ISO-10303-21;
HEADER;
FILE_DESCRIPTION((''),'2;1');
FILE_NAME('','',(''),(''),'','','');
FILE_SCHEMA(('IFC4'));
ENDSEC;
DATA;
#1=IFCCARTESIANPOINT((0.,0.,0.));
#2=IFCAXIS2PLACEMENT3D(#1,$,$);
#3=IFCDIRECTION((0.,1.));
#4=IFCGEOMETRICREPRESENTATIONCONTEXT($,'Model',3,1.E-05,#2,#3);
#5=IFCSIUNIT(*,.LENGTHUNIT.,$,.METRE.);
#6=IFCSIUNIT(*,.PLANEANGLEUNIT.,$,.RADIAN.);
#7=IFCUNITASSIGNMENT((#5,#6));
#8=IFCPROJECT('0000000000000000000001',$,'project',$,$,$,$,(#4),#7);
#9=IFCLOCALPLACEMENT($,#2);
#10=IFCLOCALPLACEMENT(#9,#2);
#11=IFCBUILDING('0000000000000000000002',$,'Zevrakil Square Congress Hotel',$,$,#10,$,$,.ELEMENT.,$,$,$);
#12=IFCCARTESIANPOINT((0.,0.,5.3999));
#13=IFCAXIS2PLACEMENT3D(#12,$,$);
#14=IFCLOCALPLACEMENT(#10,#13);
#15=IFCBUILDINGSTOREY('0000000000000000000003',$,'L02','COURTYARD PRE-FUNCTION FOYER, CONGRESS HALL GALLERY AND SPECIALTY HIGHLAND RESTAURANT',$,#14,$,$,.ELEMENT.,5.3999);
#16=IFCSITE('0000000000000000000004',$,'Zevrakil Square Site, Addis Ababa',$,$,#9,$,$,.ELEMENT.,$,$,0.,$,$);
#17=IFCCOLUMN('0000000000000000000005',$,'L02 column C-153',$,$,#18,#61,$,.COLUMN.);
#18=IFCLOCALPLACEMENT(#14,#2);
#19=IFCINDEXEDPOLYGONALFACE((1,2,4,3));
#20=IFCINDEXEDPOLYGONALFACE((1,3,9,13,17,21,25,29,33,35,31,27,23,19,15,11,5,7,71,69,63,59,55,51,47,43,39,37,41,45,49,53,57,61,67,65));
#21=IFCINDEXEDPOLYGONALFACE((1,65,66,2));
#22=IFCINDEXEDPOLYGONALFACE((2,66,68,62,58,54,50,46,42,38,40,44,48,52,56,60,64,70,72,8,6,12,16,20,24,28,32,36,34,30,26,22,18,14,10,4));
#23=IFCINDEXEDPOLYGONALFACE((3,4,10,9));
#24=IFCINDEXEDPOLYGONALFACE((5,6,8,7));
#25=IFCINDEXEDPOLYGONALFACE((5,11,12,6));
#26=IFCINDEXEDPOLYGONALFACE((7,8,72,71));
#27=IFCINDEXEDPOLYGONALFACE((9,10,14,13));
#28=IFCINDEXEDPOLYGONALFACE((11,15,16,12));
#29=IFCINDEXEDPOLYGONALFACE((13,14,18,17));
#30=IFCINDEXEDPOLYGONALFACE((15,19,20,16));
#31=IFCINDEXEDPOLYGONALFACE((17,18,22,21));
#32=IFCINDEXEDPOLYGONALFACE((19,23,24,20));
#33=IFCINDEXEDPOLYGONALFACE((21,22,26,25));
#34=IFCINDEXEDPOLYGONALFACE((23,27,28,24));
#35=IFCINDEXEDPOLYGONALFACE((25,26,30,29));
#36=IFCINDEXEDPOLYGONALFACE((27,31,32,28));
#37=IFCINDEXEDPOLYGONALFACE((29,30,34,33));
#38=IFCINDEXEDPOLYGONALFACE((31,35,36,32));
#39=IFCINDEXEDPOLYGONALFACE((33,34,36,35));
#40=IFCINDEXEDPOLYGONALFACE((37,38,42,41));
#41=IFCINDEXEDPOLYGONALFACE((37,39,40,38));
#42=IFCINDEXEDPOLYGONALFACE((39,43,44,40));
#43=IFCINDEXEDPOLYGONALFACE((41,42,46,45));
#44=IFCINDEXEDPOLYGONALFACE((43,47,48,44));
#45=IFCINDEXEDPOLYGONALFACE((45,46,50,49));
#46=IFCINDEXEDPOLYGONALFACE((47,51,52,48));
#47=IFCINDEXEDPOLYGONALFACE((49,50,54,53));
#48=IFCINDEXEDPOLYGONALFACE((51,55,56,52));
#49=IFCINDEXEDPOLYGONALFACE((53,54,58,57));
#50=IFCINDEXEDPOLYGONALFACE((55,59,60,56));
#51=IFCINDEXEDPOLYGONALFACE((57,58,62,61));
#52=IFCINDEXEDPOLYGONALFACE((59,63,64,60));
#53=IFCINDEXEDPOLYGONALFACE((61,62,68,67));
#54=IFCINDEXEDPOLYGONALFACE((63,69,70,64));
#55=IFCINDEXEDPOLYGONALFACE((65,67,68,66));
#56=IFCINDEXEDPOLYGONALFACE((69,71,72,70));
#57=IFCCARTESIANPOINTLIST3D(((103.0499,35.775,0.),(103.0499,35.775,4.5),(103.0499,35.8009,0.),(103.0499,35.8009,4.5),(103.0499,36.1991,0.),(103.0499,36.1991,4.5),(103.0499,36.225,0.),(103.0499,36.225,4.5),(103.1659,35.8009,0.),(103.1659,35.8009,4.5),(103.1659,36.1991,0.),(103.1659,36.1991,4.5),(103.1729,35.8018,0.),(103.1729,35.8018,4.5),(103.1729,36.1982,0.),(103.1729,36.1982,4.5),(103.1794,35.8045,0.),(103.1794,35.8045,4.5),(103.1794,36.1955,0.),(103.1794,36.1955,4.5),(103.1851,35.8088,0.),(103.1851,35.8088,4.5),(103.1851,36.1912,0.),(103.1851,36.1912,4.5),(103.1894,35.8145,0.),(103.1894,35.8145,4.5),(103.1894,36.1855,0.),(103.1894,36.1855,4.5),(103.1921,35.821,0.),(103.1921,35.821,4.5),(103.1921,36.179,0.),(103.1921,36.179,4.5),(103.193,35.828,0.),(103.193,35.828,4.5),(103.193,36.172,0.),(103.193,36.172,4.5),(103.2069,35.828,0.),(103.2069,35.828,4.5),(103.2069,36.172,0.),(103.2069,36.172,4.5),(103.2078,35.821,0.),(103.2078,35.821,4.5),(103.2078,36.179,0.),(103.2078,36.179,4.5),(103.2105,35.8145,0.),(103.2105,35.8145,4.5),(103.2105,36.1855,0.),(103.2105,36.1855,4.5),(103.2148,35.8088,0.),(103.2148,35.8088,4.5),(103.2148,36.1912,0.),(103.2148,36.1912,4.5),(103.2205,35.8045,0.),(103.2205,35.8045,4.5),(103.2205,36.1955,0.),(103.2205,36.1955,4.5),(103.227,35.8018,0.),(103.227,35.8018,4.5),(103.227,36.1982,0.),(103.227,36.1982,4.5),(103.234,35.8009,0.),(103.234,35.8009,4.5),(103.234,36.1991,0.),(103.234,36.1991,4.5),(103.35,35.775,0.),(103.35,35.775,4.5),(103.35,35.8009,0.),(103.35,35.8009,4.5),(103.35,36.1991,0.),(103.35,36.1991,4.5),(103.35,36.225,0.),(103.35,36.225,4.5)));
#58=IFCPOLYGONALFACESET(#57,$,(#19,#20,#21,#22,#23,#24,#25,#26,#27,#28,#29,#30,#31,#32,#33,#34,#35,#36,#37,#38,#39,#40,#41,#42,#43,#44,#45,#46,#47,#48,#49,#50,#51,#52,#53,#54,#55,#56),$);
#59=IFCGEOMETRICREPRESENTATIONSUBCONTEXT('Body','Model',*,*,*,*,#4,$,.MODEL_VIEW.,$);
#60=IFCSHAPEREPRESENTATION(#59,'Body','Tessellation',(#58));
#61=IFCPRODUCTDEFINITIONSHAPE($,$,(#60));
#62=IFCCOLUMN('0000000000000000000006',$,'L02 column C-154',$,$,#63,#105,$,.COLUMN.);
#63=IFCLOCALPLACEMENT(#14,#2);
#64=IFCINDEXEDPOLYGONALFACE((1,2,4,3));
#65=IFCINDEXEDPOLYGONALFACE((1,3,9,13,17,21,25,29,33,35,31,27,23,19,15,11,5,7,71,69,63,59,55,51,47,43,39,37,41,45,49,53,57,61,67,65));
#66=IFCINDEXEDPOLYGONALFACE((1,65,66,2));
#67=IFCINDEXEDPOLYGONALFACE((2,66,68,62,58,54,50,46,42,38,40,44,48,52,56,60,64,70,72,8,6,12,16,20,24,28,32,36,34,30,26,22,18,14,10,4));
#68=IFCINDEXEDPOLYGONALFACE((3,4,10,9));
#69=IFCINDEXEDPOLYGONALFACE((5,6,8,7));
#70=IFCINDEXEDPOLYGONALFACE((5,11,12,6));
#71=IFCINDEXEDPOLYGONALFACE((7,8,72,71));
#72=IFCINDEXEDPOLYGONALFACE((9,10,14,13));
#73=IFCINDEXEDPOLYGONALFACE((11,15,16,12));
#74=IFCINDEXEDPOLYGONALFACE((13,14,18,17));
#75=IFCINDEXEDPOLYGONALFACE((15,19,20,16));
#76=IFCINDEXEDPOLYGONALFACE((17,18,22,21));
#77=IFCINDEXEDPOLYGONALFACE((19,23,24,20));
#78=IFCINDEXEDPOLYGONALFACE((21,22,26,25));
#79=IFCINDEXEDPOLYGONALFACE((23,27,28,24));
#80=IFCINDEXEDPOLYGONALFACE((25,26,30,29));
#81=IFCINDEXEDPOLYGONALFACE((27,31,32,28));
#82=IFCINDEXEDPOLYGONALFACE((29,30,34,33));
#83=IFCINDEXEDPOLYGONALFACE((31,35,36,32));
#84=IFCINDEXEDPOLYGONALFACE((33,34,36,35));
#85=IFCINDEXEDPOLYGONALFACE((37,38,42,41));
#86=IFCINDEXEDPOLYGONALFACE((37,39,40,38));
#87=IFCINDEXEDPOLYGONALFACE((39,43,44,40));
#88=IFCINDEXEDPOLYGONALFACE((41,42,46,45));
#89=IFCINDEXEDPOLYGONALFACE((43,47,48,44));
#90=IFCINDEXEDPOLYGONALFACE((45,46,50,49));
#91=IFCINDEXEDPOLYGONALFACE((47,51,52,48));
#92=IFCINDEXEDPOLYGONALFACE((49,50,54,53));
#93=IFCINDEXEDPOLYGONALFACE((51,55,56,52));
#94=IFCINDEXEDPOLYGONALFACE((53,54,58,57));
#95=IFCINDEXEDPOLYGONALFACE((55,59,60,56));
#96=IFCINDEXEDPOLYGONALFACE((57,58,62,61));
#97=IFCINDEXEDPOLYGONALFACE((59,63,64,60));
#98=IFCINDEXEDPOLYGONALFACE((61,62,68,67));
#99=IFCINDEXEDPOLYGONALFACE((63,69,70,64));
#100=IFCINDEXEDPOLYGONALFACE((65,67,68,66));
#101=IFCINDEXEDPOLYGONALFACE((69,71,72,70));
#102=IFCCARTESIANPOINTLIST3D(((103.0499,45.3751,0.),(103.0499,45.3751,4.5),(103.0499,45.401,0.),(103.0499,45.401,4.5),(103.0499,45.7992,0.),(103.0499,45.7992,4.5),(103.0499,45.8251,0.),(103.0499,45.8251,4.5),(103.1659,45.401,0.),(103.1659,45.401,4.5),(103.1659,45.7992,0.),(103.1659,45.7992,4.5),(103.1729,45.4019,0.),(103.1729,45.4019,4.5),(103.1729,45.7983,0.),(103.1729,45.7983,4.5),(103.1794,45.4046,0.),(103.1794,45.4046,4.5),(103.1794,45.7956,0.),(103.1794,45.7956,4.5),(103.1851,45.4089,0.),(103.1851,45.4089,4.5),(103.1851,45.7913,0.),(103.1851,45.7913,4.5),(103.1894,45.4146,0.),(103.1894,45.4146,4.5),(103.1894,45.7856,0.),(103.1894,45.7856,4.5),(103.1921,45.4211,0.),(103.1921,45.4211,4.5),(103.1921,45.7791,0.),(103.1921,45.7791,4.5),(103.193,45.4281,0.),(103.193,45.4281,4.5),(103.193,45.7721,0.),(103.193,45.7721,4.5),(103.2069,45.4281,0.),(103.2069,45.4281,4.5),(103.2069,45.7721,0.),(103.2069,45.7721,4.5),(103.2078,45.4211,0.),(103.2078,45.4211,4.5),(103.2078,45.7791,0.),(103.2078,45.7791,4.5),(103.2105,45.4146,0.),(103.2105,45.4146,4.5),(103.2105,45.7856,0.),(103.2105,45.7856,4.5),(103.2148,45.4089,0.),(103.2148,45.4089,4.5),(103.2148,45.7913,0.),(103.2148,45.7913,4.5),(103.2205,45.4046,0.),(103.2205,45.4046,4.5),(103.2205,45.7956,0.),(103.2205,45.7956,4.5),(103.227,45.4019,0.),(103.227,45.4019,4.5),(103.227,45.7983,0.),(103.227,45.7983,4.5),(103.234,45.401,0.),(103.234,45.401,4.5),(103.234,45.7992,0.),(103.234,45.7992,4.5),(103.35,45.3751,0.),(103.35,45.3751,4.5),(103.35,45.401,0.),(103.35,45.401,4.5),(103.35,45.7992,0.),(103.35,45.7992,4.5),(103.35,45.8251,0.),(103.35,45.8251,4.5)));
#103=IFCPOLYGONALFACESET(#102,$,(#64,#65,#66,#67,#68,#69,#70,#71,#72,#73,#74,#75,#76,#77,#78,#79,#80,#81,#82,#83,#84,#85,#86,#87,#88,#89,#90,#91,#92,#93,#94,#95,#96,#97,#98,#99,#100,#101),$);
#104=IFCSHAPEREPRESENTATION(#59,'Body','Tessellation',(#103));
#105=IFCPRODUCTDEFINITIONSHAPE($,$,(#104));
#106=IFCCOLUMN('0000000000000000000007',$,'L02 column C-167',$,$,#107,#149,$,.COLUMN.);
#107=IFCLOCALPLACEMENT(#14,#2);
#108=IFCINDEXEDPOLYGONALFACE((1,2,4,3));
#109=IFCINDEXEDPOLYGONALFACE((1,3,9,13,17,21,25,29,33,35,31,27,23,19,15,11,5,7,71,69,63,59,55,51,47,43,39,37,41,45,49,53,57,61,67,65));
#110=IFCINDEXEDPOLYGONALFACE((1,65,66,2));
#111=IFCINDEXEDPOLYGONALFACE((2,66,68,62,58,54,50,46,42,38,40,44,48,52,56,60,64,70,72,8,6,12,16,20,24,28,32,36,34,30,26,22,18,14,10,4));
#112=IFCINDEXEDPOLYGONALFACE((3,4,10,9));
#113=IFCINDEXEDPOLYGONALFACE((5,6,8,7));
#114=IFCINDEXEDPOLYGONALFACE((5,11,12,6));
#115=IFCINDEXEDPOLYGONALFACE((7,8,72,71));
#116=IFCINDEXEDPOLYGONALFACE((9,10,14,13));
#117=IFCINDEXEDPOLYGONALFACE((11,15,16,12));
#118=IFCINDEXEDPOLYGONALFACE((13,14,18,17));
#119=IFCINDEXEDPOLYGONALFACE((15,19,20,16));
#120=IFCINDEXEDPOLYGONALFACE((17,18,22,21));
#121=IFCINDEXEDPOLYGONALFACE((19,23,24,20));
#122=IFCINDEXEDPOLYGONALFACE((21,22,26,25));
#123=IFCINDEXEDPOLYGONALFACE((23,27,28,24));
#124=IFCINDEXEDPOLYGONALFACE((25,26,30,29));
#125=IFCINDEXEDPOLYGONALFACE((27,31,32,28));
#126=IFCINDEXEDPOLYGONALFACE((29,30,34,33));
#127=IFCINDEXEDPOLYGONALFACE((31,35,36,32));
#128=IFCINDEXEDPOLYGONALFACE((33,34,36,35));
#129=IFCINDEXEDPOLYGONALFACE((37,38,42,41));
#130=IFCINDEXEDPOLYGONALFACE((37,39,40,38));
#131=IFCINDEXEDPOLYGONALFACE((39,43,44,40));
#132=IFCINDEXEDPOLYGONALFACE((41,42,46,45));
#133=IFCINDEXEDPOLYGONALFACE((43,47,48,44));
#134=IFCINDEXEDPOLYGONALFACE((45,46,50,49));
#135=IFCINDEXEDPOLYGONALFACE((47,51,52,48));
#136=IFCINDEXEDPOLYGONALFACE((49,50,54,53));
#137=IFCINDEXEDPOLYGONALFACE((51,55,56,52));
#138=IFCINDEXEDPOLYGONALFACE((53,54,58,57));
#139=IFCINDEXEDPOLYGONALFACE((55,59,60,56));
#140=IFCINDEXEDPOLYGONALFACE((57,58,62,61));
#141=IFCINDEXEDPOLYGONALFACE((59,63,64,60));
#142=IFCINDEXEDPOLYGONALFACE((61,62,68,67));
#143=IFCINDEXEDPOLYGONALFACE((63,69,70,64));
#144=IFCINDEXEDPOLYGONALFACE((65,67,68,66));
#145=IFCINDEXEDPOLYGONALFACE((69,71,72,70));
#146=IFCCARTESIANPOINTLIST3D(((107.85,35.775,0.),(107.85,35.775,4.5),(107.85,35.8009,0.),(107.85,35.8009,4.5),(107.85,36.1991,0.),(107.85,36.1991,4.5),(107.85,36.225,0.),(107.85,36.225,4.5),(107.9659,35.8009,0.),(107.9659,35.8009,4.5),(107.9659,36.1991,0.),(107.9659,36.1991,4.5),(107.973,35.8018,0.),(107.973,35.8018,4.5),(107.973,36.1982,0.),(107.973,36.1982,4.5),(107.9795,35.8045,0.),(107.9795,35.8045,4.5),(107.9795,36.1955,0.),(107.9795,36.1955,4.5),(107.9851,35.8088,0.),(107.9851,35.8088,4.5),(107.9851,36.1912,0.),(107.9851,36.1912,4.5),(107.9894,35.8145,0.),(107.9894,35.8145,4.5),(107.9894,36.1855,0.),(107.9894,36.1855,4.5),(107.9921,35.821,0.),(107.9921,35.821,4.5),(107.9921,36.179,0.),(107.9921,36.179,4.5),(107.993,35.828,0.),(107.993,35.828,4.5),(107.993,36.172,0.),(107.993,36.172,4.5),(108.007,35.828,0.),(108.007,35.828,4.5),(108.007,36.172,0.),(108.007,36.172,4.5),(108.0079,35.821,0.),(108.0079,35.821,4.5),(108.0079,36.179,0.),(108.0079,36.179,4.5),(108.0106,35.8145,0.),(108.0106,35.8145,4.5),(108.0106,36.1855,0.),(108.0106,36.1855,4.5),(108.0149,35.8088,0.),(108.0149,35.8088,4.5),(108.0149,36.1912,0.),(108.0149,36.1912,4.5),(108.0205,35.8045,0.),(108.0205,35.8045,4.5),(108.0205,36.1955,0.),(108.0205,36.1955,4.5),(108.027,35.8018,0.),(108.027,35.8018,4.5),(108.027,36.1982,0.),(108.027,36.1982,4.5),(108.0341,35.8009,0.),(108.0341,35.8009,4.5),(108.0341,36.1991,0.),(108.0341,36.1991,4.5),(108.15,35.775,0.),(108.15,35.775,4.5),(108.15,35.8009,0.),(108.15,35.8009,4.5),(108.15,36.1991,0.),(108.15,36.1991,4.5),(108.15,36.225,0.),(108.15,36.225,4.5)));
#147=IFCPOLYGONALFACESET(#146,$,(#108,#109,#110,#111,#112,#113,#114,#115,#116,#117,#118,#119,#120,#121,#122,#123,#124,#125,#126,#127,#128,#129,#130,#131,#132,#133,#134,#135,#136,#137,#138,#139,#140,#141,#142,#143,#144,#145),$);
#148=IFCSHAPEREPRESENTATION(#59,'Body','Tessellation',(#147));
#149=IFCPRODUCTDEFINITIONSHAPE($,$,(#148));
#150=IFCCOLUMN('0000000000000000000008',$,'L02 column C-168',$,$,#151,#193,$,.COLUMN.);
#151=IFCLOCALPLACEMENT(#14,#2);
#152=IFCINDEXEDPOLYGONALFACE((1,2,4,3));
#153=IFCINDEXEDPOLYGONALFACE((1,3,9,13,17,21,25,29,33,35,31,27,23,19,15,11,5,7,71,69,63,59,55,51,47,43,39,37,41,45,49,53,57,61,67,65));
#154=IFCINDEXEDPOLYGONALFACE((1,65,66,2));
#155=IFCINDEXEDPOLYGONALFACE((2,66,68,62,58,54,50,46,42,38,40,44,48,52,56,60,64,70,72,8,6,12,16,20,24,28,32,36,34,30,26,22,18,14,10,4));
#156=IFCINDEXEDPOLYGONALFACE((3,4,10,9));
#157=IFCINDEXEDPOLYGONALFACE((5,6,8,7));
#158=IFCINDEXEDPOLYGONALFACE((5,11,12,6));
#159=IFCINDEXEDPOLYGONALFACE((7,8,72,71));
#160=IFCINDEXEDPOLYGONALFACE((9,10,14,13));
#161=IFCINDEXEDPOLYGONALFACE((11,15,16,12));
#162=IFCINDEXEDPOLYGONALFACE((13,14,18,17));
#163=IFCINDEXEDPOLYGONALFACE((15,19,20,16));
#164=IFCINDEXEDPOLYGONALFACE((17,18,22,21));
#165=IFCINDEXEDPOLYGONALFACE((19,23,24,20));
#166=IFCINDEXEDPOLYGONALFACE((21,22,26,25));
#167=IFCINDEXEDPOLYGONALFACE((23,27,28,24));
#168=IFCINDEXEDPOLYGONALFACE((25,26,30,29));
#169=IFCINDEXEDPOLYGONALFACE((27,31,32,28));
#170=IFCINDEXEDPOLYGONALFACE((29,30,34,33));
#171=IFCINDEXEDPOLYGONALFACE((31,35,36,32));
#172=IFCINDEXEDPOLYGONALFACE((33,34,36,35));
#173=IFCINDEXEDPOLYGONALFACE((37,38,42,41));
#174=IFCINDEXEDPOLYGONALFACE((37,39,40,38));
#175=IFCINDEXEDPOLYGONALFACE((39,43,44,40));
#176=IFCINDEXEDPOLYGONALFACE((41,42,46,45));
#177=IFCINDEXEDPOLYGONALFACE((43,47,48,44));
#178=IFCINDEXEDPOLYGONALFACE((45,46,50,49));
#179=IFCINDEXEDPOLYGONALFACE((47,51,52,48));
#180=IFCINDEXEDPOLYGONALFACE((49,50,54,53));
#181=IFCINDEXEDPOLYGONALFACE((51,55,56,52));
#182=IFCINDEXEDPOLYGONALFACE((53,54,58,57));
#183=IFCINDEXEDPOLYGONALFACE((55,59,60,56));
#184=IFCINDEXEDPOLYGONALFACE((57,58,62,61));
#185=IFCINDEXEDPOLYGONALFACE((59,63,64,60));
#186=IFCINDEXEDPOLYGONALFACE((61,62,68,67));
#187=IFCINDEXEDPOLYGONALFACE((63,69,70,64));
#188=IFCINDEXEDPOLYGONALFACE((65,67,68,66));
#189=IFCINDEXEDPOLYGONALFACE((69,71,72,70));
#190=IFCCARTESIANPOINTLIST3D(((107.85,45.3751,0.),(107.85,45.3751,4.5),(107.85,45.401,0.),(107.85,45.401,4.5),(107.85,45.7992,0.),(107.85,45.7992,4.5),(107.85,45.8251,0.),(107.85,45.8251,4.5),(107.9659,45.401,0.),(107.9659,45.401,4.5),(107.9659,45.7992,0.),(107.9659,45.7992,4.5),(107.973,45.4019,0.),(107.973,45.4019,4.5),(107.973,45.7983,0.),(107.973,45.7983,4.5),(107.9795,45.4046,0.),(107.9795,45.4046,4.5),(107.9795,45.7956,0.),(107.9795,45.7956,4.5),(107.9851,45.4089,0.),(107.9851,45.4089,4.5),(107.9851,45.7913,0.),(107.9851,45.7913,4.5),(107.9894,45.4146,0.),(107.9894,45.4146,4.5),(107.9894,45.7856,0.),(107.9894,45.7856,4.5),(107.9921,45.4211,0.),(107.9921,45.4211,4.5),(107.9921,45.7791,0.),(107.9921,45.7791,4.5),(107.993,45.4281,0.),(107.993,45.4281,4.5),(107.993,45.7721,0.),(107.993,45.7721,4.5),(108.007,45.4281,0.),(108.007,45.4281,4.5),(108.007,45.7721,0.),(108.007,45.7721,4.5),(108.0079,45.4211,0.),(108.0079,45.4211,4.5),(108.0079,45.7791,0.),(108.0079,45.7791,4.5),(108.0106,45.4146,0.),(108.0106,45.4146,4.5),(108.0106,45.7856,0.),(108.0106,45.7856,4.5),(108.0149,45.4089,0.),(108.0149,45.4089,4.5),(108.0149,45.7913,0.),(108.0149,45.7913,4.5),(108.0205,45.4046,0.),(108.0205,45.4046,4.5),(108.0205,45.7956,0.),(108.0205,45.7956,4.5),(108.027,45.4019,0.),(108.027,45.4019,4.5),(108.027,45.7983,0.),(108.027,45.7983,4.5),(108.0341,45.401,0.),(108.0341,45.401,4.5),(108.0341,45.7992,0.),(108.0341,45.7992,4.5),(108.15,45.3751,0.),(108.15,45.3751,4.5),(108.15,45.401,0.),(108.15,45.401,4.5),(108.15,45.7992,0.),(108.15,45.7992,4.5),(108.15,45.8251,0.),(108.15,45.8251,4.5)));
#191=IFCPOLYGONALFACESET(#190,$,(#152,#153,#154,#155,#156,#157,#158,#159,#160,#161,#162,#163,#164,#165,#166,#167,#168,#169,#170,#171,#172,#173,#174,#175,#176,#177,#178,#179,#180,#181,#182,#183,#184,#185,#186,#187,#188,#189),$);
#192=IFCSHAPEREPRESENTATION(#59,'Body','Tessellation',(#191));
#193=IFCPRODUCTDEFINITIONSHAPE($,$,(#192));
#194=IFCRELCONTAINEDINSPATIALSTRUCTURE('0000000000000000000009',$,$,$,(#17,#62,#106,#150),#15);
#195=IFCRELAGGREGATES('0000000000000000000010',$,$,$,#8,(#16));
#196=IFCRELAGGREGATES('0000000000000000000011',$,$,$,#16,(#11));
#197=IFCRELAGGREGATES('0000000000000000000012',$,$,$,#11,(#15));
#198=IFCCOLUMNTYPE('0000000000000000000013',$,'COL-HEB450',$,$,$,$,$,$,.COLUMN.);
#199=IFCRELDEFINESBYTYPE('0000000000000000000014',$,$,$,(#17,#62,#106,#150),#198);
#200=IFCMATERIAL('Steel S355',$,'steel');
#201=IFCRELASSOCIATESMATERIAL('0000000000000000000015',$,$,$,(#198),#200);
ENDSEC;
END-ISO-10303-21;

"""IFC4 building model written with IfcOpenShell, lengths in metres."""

from ifc_helpers import new_model, si_unit, direction, frame, origin, origin_2d, place, context, subcontext, project, spatial, i_section, extrude, material, material_profile, profile_set, type_object, element, save


model = new_model("IFC4")

# Units and contexts
model_context = context("Model", 3, precision=1e-05, world=origin(), true_north=direction((0.0, 1.0)))
body_context = subcontext(model_context, "Body", "Model", "MODEL_VIEW")
ifc_project = project(units=[si_unit("LENGTHUNIT", "METRE"), si_unit("PLANEANGLEUNIT", "RADIAN")], contexts=[model_context])

# Site, building, storey
site_placement = place(None, origin())
site = spatial("IfcSite", under=ifc_project, at=site_placement, Name="Zevrakil Square Site, Addis Ababa", CompositionType="ELEMENT", RefElevation=0.0)
building_placement = place(site_placement, origin())
building = spatial("IfcBuilding", under=site, at=building_placement, Name="Zevrakil Square Congress Hotel", CompositionType="ELEMENT")
storey_placement = place(building_placement, frame((0.0, 0.0, 5.3999)))
storey = spatial("IfcBuildingStorey", under=building, at=storey_placement, Name="L02", Description="COURTYARD PRE-FUNCTION FOYER, CONGRESS HALL GALLERY AND SPECIALTY HIGHLAND RESTAURANT", CompositionType="ELEMENT", Elevation=5.3999)

# Columns
ifc_material_1 = material(Name="Steel S355", Category="steel")
ifc_material_profile_1 = material_profile(ifc_material_1, i_section(OverallWidth=0.3, OverallDepth=0.45, WebThickness=0.0139, FlangeThickness=0.0259, FilletRadius=0.0271, at=origin_2d()), Name="HEB 450")
ifc_profile_set_1 = profile_set([ifc_material_profile_1], Name="Steel S355")
column_type = type_object("IfcColumnType", Name="COL-HEB450", PredefinedType="COLUMN", material=ifc_profile_set_1)
for number, where, z_axis, x_axis, name in (
    (1, (103.2, 36.0, 0.0), (0.0, 0.0, 1.0), (1.0, 0.0, 0.0), "L02 column C-153"),
    (2, (103.2, 45.6001, 0.0), (0.0, 0.0, 1.0), (1.0, 0.0, 0.0), "L02 column C-154"),
    (3, (108.0, 36.0, 0.0), (0.0, 0.0, 1.0), (1.0, 0.0, 0.0), "L02 column C-167"),
    (4, (108.0, 45.6001, 0.0), (0.0, 0.0, 1.0), (1.0, 0.0, 0.0), "L02 column C-168"),
):
    element("IfcColumn", number, at=place(storey_placement, frame(where, z_axis=z_axis, x_axis=x_axis)), inside=storey, type_object=column_type, Name=name, PredefinedType="COLUMN", context=body_context, shape_type="SweptSolid", body=[
        extrude(i_section(OverallWidth=0.3, OverallDepth=0.45, WebThickness=0.0139, FlangeThickness=0.0259, FilletRadius=0.0271, at=origin_2d()), origin(), (0.0, 0.0, 1.0), 4.5),
    ])

save(model, "model.ifc")
